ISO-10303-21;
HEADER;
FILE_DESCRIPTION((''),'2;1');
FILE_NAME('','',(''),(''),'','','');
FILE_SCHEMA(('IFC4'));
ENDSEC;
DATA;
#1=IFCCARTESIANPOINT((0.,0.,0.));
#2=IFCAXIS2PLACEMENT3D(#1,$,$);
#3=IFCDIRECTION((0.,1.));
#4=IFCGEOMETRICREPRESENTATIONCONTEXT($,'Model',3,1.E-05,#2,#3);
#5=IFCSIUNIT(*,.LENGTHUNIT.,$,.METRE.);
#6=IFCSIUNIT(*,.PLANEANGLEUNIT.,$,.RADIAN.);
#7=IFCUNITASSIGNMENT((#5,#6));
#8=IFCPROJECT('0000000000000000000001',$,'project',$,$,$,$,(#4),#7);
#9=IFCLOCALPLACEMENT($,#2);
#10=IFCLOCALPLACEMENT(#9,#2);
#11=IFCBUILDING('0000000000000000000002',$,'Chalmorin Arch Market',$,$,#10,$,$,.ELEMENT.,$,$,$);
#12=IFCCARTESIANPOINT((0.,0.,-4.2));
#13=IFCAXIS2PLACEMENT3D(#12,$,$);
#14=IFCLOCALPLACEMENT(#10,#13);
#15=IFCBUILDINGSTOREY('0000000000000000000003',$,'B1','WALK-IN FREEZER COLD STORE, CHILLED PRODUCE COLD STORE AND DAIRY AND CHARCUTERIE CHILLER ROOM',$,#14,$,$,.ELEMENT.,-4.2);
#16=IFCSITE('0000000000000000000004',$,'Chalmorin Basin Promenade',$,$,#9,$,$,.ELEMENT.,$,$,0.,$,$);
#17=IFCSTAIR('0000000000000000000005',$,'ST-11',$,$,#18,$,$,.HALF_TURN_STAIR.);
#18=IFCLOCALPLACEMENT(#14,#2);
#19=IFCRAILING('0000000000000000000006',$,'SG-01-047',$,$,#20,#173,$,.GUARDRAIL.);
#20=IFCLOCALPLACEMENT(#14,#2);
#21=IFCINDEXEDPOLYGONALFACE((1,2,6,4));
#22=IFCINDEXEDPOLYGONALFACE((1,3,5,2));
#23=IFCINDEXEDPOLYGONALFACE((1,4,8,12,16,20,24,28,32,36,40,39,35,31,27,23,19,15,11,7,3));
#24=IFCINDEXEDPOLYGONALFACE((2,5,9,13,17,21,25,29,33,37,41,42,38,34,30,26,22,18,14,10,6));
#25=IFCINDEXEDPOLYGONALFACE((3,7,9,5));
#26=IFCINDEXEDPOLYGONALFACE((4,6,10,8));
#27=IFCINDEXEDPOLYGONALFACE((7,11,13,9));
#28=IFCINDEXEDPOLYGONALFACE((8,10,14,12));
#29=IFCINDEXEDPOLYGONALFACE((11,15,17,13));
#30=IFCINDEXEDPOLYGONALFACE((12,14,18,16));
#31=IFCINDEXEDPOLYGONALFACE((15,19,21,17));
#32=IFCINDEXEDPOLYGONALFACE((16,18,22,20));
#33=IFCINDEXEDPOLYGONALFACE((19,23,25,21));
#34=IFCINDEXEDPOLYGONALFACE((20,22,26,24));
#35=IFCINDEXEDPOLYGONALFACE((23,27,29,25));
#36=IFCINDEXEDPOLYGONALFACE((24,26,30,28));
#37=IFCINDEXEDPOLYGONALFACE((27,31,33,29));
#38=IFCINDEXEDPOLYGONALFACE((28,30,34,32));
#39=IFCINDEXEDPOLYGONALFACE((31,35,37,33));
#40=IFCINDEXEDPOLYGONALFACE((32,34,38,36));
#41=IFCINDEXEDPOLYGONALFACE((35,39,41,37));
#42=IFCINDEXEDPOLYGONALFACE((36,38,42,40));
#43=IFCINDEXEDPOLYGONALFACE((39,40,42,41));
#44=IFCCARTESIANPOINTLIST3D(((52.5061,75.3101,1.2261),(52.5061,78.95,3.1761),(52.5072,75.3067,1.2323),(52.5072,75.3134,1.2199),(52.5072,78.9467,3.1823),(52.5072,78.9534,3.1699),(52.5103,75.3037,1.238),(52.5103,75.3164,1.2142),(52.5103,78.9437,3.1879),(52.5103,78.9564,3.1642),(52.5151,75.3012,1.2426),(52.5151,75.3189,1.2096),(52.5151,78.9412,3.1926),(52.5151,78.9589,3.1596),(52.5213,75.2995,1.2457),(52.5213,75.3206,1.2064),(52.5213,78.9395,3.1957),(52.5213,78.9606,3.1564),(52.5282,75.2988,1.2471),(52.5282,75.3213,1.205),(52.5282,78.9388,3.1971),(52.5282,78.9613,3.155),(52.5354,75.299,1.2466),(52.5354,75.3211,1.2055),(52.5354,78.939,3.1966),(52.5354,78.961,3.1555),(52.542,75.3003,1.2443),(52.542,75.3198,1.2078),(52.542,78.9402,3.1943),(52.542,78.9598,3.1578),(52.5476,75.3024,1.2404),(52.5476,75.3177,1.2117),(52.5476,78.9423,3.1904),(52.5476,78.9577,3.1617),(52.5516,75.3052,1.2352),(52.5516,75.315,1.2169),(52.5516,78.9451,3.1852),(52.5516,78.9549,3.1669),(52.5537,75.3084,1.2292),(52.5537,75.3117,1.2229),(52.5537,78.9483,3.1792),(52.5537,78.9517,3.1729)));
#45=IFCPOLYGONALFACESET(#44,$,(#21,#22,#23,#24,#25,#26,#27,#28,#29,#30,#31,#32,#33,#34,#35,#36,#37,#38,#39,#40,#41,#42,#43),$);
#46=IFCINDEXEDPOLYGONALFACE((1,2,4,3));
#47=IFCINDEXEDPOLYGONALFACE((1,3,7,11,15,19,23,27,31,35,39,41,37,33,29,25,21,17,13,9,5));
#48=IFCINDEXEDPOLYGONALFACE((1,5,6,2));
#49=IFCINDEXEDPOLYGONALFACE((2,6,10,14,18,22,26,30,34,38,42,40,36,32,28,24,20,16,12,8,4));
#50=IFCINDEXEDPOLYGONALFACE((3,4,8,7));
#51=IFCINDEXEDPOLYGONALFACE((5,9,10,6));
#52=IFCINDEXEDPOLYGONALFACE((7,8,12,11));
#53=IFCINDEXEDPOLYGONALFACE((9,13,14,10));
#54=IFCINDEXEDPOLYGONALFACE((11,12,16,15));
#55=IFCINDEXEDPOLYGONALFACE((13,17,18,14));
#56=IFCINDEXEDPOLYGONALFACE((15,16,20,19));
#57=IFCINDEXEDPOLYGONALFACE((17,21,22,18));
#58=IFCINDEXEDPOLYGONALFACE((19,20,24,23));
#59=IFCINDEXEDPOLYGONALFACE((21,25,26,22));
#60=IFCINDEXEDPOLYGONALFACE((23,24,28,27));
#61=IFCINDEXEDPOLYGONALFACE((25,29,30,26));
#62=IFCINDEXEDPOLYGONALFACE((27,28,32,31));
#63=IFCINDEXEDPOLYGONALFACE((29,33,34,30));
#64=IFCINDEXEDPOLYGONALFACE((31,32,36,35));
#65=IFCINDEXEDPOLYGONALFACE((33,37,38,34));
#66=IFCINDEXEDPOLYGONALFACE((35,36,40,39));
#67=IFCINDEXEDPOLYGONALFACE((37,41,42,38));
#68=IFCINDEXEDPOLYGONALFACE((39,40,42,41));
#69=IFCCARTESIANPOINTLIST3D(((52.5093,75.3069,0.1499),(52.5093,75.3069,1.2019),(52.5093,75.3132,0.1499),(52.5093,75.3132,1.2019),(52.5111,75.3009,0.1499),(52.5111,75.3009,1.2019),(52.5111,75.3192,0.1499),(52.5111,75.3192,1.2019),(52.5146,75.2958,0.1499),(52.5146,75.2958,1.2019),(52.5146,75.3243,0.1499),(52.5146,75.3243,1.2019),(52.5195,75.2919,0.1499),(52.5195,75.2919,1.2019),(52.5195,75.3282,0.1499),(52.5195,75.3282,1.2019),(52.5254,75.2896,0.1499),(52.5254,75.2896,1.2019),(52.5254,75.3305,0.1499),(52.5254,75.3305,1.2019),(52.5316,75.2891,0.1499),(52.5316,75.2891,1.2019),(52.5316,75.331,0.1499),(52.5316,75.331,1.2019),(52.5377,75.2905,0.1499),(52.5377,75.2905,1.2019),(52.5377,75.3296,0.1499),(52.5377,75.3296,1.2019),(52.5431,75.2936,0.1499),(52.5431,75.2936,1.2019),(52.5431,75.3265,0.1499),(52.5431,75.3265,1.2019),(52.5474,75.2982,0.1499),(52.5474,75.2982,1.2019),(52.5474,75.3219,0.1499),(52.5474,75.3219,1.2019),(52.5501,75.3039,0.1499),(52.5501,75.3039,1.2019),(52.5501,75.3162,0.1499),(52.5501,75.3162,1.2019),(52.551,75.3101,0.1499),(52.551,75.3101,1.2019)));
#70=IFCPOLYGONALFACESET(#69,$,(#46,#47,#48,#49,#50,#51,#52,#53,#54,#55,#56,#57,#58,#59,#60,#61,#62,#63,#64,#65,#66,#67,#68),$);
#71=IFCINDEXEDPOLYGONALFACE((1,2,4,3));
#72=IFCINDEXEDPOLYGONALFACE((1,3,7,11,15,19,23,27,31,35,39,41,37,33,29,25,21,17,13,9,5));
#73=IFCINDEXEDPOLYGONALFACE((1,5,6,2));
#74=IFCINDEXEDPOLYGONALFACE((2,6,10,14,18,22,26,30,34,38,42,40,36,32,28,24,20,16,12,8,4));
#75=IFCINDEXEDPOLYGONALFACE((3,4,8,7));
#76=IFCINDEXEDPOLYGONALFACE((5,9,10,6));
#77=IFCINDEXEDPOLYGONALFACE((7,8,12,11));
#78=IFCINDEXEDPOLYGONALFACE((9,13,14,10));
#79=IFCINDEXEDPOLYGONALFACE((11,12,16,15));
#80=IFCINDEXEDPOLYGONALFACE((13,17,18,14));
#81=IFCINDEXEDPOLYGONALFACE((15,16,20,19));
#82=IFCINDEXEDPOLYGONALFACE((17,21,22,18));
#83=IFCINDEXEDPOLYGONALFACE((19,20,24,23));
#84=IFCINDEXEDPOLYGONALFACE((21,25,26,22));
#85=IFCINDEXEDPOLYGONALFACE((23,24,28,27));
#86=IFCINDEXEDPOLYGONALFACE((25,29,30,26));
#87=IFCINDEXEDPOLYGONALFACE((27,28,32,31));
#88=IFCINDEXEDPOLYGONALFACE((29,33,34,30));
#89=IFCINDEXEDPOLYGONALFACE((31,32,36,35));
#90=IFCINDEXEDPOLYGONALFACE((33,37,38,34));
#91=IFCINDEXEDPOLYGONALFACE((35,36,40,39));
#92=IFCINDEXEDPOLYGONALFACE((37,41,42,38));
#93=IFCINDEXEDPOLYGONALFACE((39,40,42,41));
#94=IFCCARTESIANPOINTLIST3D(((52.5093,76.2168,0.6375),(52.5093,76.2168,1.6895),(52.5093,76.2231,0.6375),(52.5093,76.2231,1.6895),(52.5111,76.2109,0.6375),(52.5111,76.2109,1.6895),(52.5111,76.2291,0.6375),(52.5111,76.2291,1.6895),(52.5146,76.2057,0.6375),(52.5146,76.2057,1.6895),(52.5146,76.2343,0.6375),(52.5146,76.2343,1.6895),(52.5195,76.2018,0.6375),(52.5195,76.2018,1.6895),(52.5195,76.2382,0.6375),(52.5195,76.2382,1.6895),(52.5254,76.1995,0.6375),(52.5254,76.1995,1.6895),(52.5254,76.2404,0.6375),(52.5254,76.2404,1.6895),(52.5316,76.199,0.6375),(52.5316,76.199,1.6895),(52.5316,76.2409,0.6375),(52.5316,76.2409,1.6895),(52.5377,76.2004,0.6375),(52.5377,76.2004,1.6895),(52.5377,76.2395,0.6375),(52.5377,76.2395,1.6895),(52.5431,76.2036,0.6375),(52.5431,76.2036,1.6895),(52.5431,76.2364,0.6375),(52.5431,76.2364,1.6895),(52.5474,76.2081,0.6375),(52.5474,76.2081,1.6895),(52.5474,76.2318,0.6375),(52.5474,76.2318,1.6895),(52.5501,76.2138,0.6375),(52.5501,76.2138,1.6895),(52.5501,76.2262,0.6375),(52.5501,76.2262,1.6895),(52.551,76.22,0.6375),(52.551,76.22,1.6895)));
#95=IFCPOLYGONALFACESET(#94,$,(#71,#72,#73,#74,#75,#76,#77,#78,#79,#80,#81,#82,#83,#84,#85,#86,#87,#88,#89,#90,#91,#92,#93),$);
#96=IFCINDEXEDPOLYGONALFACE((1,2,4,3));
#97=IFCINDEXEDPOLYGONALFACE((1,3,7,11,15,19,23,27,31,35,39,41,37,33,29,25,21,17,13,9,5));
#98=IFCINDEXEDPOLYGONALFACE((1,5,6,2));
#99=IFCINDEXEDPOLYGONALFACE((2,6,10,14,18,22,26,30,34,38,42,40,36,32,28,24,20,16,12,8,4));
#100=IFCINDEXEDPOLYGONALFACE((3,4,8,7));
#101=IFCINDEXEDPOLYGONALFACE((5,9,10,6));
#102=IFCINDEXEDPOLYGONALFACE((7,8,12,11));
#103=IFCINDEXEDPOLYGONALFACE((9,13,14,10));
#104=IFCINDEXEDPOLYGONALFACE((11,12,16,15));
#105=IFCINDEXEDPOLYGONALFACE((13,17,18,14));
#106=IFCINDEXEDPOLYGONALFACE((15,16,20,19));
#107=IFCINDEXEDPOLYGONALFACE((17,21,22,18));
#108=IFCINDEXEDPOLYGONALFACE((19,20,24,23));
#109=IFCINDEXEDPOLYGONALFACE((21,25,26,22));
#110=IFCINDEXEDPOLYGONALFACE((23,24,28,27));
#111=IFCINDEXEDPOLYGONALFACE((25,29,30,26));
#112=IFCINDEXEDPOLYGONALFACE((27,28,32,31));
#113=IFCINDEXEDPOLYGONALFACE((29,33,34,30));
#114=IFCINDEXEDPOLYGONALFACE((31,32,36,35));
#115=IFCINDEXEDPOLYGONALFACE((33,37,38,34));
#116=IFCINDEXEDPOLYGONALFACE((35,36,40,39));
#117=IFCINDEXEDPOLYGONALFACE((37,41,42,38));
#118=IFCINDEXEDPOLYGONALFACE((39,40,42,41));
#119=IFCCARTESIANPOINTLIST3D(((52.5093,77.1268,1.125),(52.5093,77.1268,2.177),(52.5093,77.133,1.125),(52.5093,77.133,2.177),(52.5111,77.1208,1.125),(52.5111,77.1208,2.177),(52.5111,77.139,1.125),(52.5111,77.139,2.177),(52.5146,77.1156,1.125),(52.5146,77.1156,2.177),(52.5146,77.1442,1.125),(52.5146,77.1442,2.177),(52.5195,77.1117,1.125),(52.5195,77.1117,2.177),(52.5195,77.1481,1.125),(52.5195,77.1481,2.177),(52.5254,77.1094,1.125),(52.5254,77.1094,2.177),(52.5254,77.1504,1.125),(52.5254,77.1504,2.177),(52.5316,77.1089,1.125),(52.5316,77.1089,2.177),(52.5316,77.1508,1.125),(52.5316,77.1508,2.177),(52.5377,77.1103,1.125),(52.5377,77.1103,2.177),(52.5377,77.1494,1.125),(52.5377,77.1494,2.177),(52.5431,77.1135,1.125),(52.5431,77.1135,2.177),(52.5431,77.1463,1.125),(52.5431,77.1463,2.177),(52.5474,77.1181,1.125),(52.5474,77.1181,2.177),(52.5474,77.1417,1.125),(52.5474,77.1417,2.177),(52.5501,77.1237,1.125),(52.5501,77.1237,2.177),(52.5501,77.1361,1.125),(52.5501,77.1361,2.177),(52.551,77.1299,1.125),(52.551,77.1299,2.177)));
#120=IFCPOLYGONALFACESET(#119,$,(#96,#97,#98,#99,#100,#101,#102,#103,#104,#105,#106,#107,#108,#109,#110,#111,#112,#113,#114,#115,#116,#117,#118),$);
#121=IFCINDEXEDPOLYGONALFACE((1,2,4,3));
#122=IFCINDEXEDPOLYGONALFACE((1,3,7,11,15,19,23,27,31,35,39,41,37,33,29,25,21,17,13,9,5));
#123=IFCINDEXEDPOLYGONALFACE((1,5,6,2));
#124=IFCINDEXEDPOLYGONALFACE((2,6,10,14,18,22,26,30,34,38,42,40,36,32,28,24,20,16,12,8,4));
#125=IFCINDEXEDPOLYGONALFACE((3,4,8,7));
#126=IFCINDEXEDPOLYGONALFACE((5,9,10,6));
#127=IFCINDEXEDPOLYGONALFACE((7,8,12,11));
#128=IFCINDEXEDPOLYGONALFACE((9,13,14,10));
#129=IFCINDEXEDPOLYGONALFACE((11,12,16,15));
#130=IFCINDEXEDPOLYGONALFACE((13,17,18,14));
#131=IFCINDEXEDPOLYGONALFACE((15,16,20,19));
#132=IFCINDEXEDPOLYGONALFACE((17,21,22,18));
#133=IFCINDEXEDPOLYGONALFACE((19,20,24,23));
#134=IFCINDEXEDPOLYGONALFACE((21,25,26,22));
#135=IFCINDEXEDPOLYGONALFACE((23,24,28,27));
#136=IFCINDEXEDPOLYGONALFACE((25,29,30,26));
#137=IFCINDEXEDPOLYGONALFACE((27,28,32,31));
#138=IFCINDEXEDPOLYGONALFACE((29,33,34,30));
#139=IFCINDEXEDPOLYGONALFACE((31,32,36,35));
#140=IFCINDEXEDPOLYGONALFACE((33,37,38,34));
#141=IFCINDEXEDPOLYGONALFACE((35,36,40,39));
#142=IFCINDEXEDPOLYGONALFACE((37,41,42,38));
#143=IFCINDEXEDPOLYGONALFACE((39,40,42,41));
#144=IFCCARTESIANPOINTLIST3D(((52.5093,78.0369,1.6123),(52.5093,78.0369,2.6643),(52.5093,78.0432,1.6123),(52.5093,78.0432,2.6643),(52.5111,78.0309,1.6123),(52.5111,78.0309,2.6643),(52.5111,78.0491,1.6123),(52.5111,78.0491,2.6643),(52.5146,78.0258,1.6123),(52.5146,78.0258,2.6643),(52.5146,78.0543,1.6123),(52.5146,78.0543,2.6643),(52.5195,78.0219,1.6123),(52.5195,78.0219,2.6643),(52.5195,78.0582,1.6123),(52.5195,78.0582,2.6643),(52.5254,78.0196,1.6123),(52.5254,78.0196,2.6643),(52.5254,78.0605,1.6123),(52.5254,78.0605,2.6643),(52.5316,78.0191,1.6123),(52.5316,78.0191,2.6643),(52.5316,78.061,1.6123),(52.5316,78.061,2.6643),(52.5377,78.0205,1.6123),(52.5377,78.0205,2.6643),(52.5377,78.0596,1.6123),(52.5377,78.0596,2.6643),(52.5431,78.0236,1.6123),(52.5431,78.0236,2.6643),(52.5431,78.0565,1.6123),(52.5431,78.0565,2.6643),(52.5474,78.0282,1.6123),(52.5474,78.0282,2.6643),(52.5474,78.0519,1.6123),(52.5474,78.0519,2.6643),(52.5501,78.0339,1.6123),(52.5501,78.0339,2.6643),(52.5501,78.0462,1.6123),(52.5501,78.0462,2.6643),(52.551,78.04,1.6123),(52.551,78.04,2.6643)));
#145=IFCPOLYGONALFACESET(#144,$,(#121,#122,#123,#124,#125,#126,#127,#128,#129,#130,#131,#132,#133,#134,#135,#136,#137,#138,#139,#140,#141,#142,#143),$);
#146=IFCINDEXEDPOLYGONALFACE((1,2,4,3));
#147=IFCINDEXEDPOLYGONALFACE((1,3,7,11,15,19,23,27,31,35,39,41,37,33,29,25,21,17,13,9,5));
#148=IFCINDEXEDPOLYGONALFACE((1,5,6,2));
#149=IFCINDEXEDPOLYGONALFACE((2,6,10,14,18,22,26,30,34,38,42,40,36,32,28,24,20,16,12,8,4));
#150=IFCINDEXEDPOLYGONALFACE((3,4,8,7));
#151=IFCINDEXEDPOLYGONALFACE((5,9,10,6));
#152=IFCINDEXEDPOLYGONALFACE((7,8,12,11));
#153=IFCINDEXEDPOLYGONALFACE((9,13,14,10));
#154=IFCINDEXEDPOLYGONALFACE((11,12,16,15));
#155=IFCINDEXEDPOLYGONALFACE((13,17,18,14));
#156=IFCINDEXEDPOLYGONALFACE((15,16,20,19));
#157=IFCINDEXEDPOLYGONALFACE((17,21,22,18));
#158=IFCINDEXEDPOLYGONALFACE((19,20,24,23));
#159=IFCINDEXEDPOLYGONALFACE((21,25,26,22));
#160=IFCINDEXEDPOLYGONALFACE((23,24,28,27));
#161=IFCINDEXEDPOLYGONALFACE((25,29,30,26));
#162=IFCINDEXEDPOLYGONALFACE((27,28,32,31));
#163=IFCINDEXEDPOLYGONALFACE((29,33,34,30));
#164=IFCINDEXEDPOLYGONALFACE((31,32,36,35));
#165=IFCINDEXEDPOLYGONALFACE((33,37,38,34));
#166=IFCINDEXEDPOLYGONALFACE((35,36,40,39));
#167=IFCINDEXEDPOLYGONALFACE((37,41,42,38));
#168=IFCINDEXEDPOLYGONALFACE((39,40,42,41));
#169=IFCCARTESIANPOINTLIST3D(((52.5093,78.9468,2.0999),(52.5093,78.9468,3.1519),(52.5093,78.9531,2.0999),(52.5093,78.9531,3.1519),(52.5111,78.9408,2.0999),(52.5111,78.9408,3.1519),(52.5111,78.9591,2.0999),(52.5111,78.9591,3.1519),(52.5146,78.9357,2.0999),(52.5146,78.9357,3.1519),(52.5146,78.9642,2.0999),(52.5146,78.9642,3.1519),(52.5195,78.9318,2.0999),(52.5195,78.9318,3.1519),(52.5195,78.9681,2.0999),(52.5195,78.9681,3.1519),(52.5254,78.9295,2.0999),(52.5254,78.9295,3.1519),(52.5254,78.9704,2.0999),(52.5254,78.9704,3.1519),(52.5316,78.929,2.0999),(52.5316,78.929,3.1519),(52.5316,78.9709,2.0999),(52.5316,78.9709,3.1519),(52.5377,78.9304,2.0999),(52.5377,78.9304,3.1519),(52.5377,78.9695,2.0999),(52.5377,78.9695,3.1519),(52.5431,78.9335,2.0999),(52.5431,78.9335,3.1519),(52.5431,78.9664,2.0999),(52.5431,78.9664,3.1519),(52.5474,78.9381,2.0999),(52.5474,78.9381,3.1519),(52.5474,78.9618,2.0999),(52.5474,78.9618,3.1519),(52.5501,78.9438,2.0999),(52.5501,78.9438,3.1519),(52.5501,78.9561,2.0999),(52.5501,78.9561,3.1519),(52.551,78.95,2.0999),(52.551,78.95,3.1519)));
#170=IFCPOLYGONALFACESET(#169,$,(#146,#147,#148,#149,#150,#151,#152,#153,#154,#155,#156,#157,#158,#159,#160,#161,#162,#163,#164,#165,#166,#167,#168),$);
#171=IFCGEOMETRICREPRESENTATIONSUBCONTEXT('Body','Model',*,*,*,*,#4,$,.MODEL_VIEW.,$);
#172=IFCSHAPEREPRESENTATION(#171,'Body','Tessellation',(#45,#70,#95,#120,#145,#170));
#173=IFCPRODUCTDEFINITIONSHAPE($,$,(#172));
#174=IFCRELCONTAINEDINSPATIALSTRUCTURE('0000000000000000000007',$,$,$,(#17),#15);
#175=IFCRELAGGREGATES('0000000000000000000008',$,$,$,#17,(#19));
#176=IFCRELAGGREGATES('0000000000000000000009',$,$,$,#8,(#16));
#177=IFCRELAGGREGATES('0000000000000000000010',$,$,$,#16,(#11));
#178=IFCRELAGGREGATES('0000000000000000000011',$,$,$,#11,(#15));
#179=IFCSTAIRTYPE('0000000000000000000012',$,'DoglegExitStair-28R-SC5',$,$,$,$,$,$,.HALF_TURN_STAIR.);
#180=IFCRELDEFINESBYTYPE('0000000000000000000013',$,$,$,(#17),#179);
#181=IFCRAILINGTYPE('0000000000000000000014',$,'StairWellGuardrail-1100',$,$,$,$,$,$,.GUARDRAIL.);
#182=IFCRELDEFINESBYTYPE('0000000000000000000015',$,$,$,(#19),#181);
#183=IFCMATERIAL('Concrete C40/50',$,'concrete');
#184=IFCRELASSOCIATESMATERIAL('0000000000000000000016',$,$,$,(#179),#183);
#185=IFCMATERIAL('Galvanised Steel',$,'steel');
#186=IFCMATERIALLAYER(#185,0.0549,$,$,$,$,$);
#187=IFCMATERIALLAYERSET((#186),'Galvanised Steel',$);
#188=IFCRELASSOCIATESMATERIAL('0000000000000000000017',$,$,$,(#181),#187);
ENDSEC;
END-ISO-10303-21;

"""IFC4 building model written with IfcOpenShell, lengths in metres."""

from ifc_helpers import new_model, si_unit, direction, frame, origin, origin_2d, place, context, subcontext, project, spatial, circle, extrude, material, layer, layer_set, type_object, element, aggregate, save


model = new_model("IFC4")

# Units and contexts
model_context = context("Model", 3, precision=1e-05, world=origin(), true_north=direction((0.0, 1.0)))
body_context = subcontext(model_context, "Body", "Model", "MODEL_VIEW")
ifc_project = project(units=[si_unit("LENGTHUNIT", "METRE"), si_unit("PLANEANGLEUNIT", "RADIAN")], contexts=[model_context])

# Site, building, storey
site_placement = place(None, origin())
site = spatial("IfcSite", under=ifc_project, at=site_placement, Name="Chalmorin Basin Promenade", CompositionType="ELEMENT", RefElevation=0.0)
building_placement = place(site_placement, origin())
building = spatial("IfcBuilding", under=site, at=building_placement, Name="Chalmorin Arch Market", CompositionType="ELEMENT")
storey_placement = place(building_placement, frame((0.0, 0.0, -4.2)))
storey = spatial("IfcBuildingStorey", under=building, at=storey_placement, Name="B1", Description="WALK-IN FREEZER COLD STORE, CHILLED PRODUCE COLD STORE AND DAIRY AND CHARCUTERIE CHILLER ROOM", CompositionType="ELEMENT", Elevation=-4.2)

# Shared definitions
ifc_material_1 = material(Name="Concrete C40/50", Category="concrete")

# Stair, railing
stair_type = type_object("IfcStairType", Name="DoglegExitStair-28R-SC5", PredefinedType="HALF_TURN_STAIR", material=ifc_material_1)
stair_placement = place(storey_placement, origin())
stair = element("IfcStair", 1, at=stair_placement, inside=storey, type_object=stair_type, Name="ST-11", PredefinedType="HALF_TURN_STAIR")
ifc_material_2 = material(Name="Galvanised Steel", Category="steel")
ifc_layer_1 = layer(ifc_material_2, 0.0549)
ifc_layer_set_1 = layer_set([ifc_layer_1], Name="Galvanised Steel")
railing_type_1 = type_object("IfcRailingType", Name="StairWellGuardrail-1100", PredefinedType="GUARDRAIL", material=ifc_layer_set_1)
railing_1_placement = place(storey_placement, frame((52.53, 75.3101, 0.1499)))
railing_1 = element("IfcRailing", 2, at=railing_1_placement, type_object=railing_type_1, Name="SG-01-047", PredefinedType="GUARDRAIL", context=body_context, shape_type="SweptSolid", body=[
    extrude(circle(Radius=0.0239, at=origin_2d()), frame((0.0, 0.0, 1.0762), z_axis=(0.0, 0.881479, 0.472223), x_axis=(-1.0, 0.0, 0.0)), (0.0, 0.0, 1.0), 4.1294),
    extrude(circle(Radius=0.021, at=origin_2d()), origin(), (0.0, 0.0, 1.0), 1.052),
    extrude(circle(Radius=0.021, at=origin_2d()), frame((0.0, 0.9099, 0.4875)), (0.0, 0.0, 1.0), 1.052),
    extrude(circle(Radius=0.021, at=origin_2d()), frame((0.0, 1.8198, 0.9751)), (0.0, 0.0, 1.0), 1.052),
    extrude(circle(Radius=0.021, at=origin_2d()), frame((0.0, 2.73, 1.4624)), (0.0, 0.0, 1.0), 1.052),
    extrude(circle(Radius=0.021, at=origin_2d()), frame((0.0, 3.6399, 1.95)), (0.0, 0.0, 1.0), 1.052),
])
aggregate(stair, [railing_1])

save(model, "model.ifc")
